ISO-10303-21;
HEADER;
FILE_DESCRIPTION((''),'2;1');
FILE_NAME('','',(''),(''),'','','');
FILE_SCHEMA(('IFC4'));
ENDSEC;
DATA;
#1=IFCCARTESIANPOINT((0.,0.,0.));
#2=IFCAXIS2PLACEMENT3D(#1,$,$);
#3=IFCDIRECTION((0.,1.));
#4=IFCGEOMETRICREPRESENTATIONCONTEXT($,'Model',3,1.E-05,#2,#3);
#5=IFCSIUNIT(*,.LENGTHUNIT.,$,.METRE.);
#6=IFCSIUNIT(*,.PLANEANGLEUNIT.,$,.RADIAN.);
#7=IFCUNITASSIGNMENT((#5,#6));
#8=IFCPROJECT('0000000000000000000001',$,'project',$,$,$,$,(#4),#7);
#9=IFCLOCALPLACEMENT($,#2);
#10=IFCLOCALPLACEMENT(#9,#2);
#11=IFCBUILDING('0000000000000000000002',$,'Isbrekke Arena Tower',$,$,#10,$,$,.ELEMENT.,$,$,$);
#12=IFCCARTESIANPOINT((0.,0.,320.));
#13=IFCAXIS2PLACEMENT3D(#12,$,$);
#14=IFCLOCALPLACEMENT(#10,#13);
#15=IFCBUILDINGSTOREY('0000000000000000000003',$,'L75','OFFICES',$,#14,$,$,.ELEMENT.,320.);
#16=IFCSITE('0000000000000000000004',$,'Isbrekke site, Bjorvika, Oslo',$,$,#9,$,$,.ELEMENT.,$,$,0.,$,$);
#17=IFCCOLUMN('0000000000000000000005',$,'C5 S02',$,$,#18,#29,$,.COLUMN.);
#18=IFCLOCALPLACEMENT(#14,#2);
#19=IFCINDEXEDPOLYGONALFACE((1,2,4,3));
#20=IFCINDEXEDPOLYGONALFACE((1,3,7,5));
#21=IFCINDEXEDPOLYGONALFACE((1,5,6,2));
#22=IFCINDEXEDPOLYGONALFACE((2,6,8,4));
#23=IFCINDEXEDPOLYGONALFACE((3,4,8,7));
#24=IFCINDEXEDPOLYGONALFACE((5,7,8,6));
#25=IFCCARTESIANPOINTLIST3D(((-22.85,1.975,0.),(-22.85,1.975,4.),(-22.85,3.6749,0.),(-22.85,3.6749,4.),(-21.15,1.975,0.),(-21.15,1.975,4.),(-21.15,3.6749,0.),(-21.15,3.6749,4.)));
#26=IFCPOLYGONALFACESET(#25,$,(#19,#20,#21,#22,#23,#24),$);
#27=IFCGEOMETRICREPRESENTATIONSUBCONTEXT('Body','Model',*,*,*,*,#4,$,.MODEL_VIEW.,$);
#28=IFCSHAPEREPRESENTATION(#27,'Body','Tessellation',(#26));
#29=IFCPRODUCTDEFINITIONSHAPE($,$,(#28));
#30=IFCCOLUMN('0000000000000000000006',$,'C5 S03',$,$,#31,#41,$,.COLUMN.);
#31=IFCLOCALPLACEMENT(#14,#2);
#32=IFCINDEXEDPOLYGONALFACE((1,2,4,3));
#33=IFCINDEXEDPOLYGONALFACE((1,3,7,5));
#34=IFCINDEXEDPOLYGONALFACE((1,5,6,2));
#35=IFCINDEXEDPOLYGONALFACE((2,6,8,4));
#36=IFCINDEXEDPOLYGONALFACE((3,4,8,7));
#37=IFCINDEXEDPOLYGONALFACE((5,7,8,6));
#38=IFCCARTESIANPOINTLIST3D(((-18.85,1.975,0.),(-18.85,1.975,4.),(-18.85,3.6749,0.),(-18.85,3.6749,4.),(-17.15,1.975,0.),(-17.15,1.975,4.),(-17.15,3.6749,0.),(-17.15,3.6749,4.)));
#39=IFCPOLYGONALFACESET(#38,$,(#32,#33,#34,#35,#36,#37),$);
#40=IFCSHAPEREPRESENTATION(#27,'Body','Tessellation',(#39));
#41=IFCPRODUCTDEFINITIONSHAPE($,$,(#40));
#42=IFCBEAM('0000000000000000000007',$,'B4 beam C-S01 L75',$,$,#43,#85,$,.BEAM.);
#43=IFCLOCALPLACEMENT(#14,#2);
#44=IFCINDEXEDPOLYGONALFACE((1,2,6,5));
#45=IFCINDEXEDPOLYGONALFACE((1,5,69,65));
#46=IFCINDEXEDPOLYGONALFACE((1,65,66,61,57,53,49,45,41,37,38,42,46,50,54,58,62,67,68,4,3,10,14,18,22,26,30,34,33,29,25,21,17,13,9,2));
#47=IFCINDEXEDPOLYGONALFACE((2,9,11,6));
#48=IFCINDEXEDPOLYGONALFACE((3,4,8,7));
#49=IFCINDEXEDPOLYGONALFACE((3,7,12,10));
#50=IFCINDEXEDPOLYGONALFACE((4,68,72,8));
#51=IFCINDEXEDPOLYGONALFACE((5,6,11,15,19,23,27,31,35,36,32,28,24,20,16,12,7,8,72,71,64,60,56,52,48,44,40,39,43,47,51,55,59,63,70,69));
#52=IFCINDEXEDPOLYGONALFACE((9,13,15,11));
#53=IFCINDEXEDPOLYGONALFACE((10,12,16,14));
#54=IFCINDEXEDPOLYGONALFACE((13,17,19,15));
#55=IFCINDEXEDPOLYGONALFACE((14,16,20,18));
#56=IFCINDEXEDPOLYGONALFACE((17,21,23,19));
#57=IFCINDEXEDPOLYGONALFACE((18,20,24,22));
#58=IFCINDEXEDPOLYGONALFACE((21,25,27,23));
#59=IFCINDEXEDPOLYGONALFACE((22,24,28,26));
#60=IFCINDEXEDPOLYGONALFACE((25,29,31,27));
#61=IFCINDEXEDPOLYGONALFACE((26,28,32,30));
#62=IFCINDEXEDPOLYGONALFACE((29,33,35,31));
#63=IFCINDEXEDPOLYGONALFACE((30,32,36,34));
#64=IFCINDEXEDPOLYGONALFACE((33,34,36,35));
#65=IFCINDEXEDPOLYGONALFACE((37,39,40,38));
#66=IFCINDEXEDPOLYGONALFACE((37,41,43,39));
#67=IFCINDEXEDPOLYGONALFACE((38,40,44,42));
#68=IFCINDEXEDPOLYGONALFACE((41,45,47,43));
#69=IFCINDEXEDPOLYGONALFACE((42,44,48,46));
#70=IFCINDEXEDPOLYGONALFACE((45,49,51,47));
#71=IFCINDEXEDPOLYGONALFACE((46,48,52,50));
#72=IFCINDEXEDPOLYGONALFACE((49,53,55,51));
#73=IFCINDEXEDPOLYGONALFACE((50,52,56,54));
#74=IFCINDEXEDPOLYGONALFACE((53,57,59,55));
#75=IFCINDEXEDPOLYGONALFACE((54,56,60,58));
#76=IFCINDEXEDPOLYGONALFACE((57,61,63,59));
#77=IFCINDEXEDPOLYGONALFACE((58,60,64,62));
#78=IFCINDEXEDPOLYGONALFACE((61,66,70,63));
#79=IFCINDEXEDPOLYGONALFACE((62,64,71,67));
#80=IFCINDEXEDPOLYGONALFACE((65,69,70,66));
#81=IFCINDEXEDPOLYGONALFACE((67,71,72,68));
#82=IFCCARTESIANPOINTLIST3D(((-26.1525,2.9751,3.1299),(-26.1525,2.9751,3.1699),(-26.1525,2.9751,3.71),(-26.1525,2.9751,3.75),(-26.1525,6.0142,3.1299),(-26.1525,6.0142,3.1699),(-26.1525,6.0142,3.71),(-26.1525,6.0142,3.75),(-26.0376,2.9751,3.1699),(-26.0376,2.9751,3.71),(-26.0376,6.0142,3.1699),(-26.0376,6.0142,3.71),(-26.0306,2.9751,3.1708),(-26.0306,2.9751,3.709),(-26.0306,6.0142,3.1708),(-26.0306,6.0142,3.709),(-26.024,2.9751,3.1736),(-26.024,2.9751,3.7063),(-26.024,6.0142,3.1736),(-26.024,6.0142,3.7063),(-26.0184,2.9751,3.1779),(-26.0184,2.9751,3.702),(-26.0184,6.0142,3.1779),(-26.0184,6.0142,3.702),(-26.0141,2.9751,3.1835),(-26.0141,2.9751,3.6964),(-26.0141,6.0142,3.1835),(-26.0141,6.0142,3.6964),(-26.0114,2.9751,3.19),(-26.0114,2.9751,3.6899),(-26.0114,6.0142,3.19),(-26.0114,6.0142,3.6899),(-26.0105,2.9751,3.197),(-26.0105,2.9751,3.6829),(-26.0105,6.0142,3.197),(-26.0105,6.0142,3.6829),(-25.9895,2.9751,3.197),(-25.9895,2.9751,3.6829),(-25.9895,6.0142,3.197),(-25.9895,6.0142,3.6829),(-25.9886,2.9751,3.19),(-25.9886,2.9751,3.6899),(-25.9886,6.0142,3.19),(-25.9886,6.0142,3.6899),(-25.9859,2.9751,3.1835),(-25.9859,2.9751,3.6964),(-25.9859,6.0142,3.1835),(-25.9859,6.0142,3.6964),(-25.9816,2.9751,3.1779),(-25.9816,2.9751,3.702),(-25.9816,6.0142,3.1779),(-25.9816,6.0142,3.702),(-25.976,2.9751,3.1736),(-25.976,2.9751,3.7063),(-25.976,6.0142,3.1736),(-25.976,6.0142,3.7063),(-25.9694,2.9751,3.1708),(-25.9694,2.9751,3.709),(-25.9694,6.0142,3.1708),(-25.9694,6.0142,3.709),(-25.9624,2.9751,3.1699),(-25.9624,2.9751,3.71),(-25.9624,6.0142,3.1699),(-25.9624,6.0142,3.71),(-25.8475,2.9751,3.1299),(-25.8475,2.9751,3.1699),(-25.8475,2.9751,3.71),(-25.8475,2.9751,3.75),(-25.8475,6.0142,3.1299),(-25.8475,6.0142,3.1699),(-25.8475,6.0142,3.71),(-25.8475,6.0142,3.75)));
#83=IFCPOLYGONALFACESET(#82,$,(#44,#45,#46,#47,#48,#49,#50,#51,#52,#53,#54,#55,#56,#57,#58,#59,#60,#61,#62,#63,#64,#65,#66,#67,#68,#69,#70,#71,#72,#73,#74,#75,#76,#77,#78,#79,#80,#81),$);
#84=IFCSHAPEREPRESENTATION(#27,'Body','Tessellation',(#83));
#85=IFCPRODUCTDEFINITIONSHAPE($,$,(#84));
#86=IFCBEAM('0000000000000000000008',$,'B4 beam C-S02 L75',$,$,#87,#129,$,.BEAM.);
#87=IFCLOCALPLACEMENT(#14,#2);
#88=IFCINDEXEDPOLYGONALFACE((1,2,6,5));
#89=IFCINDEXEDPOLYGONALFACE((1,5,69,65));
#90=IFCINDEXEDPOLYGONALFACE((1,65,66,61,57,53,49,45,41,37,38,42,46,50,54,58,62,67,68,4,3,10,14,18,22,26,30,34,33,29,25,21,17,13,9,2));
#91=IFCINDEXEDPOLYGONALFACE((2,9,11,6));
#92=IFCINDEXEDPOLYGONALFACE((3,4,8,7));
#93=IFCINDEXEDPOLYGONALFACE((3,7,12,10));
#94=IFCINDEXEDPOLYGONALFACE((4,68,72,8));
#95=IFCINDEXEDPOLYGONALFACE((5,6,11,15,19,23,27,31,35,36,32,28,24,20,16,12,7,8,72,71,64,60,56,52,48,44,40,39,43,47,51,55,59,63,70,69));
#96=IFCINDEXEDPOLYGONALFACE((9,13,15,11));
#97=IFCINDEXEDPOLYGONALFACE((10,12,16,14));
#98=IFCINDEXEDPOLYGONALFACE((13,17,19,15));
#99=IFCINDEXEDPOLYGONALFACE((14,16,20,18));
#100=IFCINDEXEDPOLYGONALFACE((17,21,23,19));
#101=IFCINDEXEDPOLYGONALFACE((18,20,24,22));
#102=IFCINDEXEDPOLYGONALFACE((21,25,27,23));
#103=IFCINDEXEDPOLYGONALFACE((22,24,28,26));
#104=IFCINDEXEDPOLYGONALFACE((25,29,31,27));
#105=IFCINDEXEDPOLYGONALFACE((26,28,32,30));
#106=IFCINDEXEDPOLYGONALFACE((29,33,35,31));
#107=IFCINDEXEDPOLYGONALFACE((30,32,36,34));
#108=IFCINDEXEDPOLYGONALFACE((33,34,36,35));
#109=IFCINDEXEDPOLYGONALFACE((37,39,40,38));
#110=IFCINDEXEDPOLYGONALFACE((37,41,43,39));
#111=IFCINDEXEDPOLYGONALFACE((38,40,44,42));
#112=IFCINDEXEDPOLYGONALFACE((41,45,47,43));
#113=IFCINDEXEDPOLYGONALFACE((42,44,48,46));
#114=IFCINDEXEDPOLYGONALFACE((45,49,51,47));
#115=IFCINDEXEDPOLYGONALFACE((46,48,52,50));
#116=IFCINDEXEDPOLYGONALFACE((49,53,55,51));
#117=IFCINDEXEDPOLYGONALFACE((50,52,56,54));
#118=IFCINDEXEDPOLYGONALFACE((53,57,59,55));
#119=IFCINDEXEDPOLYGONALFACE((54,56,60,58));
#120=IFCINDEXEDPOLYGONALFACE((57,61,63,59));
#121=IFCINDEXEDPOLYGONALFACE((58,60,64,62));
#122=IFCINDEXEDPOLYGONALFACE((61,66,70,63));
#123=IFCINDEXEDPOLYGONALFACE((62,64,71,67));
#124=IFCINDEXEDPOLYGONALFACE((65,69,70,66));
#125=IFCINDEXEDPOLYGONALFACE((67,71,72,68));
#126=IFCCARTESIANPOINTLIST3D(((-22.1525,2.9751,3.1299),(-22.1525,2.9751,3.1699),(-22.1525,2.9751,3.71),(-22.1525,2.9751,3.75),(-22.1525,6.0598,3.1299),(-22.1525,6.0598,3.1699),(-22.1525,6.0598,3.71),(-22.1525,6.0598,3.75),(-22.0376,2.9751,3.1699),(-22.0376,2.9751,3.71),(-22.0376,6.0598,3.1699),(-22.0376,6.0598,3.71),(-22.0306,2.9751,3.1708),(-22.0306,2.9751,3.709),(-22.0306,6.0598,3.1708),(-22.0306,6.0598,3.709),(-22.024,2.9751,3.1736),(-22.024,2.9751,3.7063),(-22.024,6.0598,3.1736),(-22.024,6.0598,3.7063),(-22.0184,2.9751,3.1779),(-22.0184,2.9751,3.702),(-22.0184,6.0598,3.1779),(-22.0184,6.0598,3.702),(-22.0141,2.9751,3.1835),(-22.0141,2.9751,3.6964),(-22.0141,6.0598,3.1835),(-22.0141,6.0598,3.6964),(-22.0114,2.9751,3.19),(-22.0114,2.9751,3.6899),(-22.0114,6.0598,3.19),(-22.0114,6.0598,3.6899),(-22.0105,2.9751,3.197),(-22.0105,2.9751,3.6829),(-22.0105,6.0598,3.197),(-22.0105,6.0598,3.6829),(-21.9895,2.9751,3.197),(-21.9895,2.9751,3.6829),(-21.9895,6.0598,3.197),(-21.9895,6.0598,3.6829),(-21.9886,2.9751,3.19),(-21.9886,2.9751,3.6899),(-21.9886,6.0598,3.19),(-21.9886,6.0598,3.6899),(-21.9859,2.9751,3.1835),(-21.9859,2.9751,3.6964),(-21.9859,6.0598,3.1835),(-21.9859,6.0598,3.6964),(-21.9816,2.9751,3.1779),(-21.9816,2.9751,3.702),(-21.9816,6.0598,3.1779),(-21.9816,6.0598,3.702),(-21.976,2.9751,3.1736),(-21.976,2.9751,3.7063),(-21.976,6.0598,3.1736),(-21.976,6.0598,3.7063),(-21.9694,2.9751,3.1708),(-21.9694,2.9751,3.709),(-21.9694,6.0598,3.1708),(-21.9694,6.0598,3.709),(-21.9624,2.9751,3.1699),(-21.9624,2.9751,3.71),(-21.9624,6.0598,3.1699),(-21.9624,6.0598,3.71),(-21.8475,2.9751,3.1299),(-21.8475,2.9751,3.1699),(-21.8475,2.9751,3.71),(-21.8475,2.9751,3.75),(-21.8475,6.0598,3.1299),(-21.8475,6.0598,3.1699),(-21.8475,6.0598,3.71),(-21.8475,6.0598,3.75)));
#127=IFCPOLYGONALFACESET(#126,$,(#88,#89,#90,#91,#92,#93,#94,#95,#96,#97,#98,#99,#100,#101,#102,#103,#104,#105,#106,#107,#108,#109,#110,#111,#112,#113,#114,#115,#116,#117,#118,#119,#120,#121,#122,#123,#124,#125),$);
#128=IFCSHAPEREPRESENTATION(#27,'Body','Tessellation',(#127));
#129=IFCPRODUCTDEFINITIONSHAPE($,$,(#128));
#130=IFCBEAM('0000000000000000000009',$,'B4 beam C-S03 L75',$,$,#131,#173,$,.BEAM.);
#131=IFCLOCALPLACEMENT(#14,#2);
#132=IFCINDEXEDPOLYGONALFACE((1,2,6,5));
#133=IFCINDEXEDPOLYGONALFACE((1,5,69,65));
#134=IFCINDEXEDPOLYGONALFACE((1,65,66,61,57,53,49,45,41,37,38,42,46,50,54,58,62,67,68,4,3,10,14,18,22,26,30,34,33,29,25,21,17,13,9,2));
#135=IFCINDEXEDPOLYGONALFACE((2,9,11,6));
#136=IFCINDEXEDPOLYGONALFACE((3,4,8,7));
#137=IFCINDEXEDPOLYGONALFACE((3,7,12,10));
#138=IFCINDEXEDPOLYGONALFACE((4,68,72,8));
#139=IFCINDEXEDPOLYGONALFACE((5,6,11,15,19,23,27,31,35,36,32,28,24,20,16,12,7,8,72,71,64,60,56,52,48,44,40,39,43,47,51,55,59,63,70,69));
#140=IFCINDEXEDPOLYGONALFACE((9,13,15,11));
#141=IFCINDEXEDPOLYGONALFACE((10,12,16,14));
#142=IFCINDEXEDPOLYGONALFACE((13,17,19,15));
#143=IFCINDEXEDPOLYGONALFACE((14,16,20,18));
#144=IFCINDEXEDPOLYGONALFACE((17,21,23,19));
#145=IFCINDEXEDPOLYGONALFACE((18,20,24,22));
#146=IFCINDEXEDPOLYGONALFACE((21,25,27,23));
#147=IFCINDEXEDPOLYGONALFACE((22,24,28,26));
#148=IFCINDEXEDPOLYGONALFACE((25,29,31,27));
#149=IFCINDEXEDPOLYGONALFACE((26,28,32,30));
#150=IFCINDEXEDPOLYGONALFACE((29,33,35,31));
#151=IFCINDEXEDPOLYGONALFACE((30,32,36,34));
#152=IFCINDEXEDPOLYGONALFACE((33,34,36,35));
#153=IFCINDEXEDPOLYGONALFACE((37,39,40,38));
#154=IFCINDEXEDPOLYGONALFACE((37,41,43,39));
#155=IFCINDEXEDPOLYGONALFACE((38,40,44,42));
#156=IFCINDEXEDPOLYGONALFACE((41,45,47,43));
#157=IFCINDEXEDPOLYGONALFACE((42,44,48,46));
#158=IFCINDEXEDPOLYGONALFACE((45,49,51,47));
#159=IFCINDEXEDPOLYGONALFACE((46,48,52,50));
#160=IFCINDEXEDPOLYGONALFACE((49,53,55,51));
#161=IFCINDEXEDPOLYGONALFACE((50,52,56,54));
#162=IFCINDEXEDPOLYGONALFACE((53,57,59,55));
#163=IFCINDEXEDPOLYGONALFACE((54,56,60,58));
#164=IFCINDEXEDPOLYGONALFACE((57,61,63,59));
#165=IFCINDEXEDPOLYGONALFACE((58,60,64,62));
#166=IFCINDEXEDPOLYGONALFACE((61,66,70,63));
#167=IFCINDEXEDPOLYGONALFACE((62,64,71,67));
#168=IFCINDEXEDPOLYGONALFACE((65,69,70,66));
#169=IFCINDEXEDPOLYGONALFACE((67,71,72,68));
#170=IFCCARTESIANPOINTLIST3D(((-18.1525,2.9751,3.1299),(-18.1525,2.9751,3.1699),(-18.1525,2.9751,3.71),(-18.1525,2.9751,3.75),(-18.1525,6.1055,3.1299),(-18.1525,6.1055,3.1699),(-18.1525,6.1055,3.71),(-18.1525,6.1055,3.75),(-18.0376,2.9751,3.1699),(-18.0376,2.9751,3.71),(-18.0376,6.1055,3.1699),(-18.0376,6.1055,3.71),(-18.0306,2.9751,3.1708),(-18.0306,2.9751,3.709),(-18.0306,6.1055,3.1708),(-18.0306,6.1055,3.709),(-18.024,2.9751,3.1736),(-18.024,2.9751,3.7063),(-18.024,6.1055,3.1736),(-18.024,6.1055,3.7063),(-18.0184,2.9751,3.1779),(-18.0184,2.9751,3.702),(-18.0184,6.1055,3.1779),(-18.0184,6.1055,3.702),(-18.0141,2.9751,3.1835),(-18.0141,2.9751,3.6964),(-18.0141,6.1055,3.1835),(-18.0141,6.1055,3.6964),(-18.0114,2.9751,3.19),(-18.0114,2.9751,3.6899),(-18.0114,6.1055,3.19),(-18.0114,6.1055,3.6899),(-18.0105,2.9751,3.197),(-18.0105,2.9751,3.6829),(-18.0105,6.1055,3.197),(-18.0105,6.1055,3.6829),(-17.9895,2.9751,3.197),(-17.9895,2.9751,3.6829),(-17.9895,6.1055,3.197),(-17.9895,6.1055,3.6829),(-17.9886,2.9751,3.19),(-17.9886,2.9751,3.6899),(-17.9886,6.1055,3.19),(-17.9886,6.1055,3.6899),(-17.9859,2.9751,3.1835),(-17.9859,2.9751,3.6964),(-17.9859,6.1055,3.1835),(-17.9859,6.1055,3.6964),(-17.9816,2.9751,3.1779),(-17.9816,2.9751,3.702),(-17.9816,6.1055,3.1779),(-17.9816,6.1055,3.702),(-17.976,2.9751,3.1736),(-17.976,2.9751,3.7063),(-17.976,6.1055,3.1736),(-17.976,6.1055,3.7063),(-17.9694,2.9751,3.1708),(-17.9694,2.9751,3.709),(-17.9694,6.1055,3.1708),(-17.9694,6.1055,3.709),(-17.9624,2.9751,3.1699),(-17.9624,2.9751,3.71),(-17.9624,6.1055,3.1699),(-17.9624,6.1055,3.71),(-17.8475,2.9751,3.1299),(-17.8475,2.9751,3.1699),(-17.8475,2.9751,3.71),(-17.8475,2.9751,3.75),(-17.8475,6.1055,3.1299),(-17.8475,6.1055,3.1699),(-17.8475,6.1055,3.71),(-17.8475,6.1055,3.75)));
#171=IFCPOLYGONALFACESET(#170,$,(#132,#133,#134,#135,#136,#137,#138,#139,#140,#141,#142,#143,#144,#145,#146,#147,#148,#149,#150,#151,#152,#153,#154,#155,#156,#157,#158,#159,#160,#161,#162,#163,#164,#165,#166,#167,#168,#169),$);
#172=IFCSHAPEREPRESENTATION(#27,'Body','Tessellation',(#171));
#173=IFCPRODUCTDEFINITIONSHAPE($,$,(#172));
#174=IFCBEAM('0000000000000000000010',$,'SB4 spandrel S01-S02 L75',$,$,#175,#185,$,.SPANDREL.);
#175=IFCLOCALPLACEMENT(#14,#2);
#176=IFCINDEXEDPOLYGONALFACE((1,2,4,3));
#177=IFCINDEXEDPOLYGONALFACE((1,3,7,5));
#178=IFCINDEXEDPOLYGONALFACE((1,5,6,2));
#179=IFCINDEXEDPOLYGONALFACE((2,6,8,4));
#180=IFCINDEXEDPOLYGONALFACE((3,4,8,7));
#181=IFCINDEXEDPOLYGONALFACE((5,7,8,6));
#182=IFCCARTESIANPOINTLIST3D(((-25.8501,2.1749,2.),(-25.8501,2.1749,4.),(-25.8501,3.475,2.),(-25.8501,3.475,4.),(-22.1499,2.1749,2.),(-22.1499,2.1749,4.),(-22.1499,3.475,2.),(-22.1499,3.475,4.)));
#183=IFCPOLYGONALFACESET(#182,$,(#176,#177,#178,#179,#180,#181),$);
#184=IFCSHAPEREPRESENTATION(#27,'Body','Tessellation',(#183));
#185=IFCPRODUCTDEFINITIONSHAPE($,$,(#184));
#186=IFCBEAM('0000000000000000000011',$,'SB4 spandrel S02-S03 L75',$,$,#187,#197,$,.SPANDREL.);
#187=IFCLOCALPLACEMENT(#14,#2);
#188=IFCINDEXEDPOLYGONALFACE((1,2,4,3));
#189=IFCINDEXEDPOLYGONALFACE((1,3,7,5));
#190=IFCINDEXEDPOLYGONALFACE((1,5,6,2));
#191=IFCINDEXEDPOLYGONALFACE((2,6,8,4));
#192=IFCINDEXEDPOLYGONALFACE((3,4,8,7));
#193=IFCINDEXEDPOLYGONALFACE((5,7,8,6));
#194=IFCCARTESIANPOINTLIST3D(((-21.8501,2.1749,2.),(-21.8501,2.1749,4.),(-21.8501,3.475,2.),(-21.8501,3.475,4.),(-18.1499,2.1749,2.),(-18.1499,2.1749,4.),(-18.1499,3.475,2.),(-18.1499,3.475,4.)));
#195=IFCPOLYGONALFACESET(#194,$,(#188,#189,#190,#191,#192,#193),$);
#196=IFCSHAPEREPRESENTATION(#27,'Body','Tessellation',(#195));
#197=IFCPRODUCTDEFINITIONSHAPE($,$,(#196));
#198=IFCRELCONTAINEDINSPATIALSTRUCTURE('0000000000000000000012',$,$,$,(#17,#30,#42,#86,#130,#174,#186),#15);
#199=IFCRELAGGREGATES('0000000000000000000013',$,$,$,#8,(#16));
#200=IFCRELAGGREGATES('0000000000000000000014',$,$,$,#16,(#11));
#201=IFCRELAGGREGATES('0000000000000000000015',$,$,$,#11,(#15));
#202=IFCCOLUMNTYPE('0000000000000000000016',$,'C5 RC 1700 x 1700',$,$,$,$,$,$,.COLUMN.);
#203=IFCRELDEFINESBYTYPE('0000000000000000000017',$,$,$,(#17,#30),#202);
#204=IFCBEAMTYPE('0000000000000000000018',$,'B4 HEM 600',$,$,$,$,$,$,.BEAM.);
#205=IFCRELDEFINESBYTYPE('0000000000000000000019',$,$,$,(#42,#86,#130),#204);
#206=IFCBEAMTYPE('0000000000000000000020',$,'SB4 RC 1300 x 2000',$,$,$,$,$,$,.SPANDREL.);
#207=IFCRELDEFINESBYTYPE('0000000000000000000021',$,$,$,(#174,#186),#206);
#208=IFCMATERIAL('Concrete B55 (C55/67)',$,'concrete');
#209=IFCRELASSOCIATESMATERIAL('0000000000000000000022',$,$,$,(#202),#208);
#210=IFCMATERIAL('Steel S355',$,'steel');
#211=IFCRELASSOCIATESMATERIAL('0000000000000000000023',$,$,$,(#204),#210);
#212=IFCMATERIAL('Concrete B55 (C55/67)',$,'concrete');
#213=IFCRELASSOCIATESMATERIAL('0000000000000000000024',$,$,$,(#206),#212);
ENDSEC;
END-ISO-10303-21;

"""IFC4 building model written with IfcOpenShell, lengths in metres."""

from ifc_helpers import new_model, si_unit, direction, frame, origin, origin_2d, place, context, subcontext, project, spatial, rectangle, i_section, extrude, material, material_profile, profile_set, type_object, element, save


model = new_model("IFC4")

# Units and contexts
model_context = context("Model", 3, precision=1e-05, world=origin(), true_north=direction((0.0, 1.0)))
body_context = subcontext(model_context, "Body", "Model", "MODEL_VIEW")
ifc_project = project(units=[si_unit("LENGTHUNIT", "METRE"), si_unit("PLANEANGLEUNIT", "RADIAN")], contexts=[model_context])

# Site, building, storey
site_placement = place(None, origin())
site = spatial("IfcSite", under=ifc_project, at=site_placement, Name="Isbrekke site, Bjorvika, Oslo", CompositionType="ELEMENT", RefElevation=0.0)
building_placement = place(site_placement, origin())
building = spatial("IfcBuilding", under=site, at=building_placement, Name="Isbrekke Arena Tower", CompositionType="ELEMENT")
storey_placement = place(building_placement, frame((0.0, 0.0, 320.0)))
storey = spatial("IfcBuildingStorey", under=building, at=storey_placement, Name="L75", Description="OFFICES", CompositionType="ELEMENT", Elevation=320.0)

# Columns
ifc_material_1 = material(Name="Concrete B55 (C55/67)", Category="concrete")
ifc_material_profile_1 = material_profile(ifc_material_1, rectangle(XDim=1.7, YDim=1.7, at=origin_2d()), Name="RC 1700x1700")
ifc_profile_set_1 = profile_set([ifc_material_profile_1], Name="Concrete B55 (C55/67)")
column_type = type_object("IfcColumnType", Name="C5 RC 1700 x 1700", PredefinedType="COLUMN", material=ifc_profile_set_1)
for number, where, z_axis, x_axis, name in (
    (1, (-22.0, 2.825, 0.0), (0.0, 0.0, 1.0), (1.0, 0.0, 0.0), "C5 S02"),
    (2, (-18.0, 2.825, 0.0), (0.0, 0.0, 1.0), (1.0, 0.0, 0.0), "C5 S03"),
):
    element("IfcColumn", number, at=place(storey_placement, frame(where, z_axis=z_axis, x_axis=x_axis)), inside=storey, type_object=column_type, Name=name, PredefinedType="COLUMN", context=body_context, shape_type="SweptSolid", body=[
        extrude(rectangle(XDim=1.7, YDim=1.7, at=origin_2d()), origin(), (0.0, 0.0, 1.0), 4.0),
    ])

# Beams
ifc_material_2 = material(Name="Steel S355", Category="steel")
ifc_material_profile_2 = material_profile(ifc_material_2, i_section(OverallWidth=0.3049, OverallDepth=0.6201, WebThickness=0.021, FlangeThickness=0.04, FilletRadius=0.0271, at=origin_2d()), Name="HEM 600")
ifc_profile_set_2 = profile_set([ifc_material_profile_2], Name="Steel S355")
beam_type_1 = type_object("IfcBeamType", Name="B4 HEM 600", PredefinedType="BEAM", material=ifc_profile_set_2)
beam_1_placement = place(storey_placement, frame((-26.0, 2.9751, 3.4399), z_axis=(0.0, 1.0, 0.0), x_axis=(-1.0, 0.0, 0.0)))
element("IfcBeam", 3, at=beam_1_placement, inside=storey, type_object=beam_type_1, Name="B4 beam C-S01 L75", PredefinedType="BEAM", context=body_context, shape_type="SweptSolid", body=[
    extrude(i_section(OverallWidth=0.3049, OverallDepth=0.6201, WebThickness=0.021, FlangeThickness=0.04, FilletRadius=0.0271, at=origin_2d()), origin(), (0.0, 0.0, 1.0), 3.0391),
])
beam_2_placement = place(storey_placement, frame((-22.0, 2.9751, 3.4399), z_axis=(0.0, 1.0, 0.0), x_axis=(-1.0, 0.0, 0.0)))
element("IfcBeam", 4, at=beam_2_placement, inside=storey, type_object=beam_type_1, Name="B4 beam C-S02 L75", PredefinedType="BEAM", context=body_context, shape_type="SweptSolid", body=[
    extrude(i_section(OverallWidth=0.3049, OverallDepth=0.6201, WebThickness=0.021, FlangeThickness=0.04, FilletRadius=0.0271, at=origin_2d()), origin(), (0.0, 0.0, 1.0), 3.0847),
])
beam_3_placement = place(storey_placement, frame((-18.0, 2.9751, 3.4399), z_axis=(0.0, 1.0, 0.0), x_axis=(-1.0, 0.0, 0.0)))
element("IfcBeam", 5, at=beam_3_placement, inside=storey, type_object=beam_type_1, Name="B4 beam C-S03 L75", PredefinedType="BEAM", context=body_context, shape_type="SweptSolid", body=[
    extrude(i_section(OverallWidth=0.3049, OverallDepth=0.6201, WebThickness=0.021, FlangeThickness=0.04, FilletRadius=0.0271, at=origin_2d()), origin(), (0.0, 0.0, 1.0), 3.1304),
])
ifc_material_3 = material(Name="Concrete B55 (C55/67)", Category="concrete")
ifc_material_profile_3 = material_profile(ifc_material_3, rectangle(XDim=1.3, YDim=2.0, at=origin_2d()), Name="RC 1300x2000")
ifc_profile_set_3 = profile_set([ifc_material_profile_3], Name="Concrete B55 (C55/67)")
beam_type_2 = type_object("IfcBeamType", Name="SB4 RC 1300 x 2000", PredefinedType="SPANDREL", material=ifc_profile_set_3)
for number, where, z_axis, x_axis, name in (
    (6, (-25.8501, 2.825, 3.0), (1.0, 0.0, 0.0), (0.0, 1.0, 0.0), "SB4 spandrel S01-S02 L75"),
    (7, (-21.8501, 2.825, 3.0), (1.0, 0.0, 0.0), (0.0, 1.0, 0.0), "SB4 spandrel S02-S03 L75"),
):
    element("IfcBeam", number, at=place(storey_placement, frame(where, z_axis=z_axis, x_axis=x_axis)), inside=storey, type_object=beam_type_2, Name=name, PredefinedType="SPANDREL", context=body_context, shape_type="SweptSolid", body=[
        extrude(rectangle(XDim=1.3, YDim=2.0, at=origin_2d()), origin(), (0.0, 0.0, 1.0), 3.7002),
    ])

save(model, "model.ifc")
